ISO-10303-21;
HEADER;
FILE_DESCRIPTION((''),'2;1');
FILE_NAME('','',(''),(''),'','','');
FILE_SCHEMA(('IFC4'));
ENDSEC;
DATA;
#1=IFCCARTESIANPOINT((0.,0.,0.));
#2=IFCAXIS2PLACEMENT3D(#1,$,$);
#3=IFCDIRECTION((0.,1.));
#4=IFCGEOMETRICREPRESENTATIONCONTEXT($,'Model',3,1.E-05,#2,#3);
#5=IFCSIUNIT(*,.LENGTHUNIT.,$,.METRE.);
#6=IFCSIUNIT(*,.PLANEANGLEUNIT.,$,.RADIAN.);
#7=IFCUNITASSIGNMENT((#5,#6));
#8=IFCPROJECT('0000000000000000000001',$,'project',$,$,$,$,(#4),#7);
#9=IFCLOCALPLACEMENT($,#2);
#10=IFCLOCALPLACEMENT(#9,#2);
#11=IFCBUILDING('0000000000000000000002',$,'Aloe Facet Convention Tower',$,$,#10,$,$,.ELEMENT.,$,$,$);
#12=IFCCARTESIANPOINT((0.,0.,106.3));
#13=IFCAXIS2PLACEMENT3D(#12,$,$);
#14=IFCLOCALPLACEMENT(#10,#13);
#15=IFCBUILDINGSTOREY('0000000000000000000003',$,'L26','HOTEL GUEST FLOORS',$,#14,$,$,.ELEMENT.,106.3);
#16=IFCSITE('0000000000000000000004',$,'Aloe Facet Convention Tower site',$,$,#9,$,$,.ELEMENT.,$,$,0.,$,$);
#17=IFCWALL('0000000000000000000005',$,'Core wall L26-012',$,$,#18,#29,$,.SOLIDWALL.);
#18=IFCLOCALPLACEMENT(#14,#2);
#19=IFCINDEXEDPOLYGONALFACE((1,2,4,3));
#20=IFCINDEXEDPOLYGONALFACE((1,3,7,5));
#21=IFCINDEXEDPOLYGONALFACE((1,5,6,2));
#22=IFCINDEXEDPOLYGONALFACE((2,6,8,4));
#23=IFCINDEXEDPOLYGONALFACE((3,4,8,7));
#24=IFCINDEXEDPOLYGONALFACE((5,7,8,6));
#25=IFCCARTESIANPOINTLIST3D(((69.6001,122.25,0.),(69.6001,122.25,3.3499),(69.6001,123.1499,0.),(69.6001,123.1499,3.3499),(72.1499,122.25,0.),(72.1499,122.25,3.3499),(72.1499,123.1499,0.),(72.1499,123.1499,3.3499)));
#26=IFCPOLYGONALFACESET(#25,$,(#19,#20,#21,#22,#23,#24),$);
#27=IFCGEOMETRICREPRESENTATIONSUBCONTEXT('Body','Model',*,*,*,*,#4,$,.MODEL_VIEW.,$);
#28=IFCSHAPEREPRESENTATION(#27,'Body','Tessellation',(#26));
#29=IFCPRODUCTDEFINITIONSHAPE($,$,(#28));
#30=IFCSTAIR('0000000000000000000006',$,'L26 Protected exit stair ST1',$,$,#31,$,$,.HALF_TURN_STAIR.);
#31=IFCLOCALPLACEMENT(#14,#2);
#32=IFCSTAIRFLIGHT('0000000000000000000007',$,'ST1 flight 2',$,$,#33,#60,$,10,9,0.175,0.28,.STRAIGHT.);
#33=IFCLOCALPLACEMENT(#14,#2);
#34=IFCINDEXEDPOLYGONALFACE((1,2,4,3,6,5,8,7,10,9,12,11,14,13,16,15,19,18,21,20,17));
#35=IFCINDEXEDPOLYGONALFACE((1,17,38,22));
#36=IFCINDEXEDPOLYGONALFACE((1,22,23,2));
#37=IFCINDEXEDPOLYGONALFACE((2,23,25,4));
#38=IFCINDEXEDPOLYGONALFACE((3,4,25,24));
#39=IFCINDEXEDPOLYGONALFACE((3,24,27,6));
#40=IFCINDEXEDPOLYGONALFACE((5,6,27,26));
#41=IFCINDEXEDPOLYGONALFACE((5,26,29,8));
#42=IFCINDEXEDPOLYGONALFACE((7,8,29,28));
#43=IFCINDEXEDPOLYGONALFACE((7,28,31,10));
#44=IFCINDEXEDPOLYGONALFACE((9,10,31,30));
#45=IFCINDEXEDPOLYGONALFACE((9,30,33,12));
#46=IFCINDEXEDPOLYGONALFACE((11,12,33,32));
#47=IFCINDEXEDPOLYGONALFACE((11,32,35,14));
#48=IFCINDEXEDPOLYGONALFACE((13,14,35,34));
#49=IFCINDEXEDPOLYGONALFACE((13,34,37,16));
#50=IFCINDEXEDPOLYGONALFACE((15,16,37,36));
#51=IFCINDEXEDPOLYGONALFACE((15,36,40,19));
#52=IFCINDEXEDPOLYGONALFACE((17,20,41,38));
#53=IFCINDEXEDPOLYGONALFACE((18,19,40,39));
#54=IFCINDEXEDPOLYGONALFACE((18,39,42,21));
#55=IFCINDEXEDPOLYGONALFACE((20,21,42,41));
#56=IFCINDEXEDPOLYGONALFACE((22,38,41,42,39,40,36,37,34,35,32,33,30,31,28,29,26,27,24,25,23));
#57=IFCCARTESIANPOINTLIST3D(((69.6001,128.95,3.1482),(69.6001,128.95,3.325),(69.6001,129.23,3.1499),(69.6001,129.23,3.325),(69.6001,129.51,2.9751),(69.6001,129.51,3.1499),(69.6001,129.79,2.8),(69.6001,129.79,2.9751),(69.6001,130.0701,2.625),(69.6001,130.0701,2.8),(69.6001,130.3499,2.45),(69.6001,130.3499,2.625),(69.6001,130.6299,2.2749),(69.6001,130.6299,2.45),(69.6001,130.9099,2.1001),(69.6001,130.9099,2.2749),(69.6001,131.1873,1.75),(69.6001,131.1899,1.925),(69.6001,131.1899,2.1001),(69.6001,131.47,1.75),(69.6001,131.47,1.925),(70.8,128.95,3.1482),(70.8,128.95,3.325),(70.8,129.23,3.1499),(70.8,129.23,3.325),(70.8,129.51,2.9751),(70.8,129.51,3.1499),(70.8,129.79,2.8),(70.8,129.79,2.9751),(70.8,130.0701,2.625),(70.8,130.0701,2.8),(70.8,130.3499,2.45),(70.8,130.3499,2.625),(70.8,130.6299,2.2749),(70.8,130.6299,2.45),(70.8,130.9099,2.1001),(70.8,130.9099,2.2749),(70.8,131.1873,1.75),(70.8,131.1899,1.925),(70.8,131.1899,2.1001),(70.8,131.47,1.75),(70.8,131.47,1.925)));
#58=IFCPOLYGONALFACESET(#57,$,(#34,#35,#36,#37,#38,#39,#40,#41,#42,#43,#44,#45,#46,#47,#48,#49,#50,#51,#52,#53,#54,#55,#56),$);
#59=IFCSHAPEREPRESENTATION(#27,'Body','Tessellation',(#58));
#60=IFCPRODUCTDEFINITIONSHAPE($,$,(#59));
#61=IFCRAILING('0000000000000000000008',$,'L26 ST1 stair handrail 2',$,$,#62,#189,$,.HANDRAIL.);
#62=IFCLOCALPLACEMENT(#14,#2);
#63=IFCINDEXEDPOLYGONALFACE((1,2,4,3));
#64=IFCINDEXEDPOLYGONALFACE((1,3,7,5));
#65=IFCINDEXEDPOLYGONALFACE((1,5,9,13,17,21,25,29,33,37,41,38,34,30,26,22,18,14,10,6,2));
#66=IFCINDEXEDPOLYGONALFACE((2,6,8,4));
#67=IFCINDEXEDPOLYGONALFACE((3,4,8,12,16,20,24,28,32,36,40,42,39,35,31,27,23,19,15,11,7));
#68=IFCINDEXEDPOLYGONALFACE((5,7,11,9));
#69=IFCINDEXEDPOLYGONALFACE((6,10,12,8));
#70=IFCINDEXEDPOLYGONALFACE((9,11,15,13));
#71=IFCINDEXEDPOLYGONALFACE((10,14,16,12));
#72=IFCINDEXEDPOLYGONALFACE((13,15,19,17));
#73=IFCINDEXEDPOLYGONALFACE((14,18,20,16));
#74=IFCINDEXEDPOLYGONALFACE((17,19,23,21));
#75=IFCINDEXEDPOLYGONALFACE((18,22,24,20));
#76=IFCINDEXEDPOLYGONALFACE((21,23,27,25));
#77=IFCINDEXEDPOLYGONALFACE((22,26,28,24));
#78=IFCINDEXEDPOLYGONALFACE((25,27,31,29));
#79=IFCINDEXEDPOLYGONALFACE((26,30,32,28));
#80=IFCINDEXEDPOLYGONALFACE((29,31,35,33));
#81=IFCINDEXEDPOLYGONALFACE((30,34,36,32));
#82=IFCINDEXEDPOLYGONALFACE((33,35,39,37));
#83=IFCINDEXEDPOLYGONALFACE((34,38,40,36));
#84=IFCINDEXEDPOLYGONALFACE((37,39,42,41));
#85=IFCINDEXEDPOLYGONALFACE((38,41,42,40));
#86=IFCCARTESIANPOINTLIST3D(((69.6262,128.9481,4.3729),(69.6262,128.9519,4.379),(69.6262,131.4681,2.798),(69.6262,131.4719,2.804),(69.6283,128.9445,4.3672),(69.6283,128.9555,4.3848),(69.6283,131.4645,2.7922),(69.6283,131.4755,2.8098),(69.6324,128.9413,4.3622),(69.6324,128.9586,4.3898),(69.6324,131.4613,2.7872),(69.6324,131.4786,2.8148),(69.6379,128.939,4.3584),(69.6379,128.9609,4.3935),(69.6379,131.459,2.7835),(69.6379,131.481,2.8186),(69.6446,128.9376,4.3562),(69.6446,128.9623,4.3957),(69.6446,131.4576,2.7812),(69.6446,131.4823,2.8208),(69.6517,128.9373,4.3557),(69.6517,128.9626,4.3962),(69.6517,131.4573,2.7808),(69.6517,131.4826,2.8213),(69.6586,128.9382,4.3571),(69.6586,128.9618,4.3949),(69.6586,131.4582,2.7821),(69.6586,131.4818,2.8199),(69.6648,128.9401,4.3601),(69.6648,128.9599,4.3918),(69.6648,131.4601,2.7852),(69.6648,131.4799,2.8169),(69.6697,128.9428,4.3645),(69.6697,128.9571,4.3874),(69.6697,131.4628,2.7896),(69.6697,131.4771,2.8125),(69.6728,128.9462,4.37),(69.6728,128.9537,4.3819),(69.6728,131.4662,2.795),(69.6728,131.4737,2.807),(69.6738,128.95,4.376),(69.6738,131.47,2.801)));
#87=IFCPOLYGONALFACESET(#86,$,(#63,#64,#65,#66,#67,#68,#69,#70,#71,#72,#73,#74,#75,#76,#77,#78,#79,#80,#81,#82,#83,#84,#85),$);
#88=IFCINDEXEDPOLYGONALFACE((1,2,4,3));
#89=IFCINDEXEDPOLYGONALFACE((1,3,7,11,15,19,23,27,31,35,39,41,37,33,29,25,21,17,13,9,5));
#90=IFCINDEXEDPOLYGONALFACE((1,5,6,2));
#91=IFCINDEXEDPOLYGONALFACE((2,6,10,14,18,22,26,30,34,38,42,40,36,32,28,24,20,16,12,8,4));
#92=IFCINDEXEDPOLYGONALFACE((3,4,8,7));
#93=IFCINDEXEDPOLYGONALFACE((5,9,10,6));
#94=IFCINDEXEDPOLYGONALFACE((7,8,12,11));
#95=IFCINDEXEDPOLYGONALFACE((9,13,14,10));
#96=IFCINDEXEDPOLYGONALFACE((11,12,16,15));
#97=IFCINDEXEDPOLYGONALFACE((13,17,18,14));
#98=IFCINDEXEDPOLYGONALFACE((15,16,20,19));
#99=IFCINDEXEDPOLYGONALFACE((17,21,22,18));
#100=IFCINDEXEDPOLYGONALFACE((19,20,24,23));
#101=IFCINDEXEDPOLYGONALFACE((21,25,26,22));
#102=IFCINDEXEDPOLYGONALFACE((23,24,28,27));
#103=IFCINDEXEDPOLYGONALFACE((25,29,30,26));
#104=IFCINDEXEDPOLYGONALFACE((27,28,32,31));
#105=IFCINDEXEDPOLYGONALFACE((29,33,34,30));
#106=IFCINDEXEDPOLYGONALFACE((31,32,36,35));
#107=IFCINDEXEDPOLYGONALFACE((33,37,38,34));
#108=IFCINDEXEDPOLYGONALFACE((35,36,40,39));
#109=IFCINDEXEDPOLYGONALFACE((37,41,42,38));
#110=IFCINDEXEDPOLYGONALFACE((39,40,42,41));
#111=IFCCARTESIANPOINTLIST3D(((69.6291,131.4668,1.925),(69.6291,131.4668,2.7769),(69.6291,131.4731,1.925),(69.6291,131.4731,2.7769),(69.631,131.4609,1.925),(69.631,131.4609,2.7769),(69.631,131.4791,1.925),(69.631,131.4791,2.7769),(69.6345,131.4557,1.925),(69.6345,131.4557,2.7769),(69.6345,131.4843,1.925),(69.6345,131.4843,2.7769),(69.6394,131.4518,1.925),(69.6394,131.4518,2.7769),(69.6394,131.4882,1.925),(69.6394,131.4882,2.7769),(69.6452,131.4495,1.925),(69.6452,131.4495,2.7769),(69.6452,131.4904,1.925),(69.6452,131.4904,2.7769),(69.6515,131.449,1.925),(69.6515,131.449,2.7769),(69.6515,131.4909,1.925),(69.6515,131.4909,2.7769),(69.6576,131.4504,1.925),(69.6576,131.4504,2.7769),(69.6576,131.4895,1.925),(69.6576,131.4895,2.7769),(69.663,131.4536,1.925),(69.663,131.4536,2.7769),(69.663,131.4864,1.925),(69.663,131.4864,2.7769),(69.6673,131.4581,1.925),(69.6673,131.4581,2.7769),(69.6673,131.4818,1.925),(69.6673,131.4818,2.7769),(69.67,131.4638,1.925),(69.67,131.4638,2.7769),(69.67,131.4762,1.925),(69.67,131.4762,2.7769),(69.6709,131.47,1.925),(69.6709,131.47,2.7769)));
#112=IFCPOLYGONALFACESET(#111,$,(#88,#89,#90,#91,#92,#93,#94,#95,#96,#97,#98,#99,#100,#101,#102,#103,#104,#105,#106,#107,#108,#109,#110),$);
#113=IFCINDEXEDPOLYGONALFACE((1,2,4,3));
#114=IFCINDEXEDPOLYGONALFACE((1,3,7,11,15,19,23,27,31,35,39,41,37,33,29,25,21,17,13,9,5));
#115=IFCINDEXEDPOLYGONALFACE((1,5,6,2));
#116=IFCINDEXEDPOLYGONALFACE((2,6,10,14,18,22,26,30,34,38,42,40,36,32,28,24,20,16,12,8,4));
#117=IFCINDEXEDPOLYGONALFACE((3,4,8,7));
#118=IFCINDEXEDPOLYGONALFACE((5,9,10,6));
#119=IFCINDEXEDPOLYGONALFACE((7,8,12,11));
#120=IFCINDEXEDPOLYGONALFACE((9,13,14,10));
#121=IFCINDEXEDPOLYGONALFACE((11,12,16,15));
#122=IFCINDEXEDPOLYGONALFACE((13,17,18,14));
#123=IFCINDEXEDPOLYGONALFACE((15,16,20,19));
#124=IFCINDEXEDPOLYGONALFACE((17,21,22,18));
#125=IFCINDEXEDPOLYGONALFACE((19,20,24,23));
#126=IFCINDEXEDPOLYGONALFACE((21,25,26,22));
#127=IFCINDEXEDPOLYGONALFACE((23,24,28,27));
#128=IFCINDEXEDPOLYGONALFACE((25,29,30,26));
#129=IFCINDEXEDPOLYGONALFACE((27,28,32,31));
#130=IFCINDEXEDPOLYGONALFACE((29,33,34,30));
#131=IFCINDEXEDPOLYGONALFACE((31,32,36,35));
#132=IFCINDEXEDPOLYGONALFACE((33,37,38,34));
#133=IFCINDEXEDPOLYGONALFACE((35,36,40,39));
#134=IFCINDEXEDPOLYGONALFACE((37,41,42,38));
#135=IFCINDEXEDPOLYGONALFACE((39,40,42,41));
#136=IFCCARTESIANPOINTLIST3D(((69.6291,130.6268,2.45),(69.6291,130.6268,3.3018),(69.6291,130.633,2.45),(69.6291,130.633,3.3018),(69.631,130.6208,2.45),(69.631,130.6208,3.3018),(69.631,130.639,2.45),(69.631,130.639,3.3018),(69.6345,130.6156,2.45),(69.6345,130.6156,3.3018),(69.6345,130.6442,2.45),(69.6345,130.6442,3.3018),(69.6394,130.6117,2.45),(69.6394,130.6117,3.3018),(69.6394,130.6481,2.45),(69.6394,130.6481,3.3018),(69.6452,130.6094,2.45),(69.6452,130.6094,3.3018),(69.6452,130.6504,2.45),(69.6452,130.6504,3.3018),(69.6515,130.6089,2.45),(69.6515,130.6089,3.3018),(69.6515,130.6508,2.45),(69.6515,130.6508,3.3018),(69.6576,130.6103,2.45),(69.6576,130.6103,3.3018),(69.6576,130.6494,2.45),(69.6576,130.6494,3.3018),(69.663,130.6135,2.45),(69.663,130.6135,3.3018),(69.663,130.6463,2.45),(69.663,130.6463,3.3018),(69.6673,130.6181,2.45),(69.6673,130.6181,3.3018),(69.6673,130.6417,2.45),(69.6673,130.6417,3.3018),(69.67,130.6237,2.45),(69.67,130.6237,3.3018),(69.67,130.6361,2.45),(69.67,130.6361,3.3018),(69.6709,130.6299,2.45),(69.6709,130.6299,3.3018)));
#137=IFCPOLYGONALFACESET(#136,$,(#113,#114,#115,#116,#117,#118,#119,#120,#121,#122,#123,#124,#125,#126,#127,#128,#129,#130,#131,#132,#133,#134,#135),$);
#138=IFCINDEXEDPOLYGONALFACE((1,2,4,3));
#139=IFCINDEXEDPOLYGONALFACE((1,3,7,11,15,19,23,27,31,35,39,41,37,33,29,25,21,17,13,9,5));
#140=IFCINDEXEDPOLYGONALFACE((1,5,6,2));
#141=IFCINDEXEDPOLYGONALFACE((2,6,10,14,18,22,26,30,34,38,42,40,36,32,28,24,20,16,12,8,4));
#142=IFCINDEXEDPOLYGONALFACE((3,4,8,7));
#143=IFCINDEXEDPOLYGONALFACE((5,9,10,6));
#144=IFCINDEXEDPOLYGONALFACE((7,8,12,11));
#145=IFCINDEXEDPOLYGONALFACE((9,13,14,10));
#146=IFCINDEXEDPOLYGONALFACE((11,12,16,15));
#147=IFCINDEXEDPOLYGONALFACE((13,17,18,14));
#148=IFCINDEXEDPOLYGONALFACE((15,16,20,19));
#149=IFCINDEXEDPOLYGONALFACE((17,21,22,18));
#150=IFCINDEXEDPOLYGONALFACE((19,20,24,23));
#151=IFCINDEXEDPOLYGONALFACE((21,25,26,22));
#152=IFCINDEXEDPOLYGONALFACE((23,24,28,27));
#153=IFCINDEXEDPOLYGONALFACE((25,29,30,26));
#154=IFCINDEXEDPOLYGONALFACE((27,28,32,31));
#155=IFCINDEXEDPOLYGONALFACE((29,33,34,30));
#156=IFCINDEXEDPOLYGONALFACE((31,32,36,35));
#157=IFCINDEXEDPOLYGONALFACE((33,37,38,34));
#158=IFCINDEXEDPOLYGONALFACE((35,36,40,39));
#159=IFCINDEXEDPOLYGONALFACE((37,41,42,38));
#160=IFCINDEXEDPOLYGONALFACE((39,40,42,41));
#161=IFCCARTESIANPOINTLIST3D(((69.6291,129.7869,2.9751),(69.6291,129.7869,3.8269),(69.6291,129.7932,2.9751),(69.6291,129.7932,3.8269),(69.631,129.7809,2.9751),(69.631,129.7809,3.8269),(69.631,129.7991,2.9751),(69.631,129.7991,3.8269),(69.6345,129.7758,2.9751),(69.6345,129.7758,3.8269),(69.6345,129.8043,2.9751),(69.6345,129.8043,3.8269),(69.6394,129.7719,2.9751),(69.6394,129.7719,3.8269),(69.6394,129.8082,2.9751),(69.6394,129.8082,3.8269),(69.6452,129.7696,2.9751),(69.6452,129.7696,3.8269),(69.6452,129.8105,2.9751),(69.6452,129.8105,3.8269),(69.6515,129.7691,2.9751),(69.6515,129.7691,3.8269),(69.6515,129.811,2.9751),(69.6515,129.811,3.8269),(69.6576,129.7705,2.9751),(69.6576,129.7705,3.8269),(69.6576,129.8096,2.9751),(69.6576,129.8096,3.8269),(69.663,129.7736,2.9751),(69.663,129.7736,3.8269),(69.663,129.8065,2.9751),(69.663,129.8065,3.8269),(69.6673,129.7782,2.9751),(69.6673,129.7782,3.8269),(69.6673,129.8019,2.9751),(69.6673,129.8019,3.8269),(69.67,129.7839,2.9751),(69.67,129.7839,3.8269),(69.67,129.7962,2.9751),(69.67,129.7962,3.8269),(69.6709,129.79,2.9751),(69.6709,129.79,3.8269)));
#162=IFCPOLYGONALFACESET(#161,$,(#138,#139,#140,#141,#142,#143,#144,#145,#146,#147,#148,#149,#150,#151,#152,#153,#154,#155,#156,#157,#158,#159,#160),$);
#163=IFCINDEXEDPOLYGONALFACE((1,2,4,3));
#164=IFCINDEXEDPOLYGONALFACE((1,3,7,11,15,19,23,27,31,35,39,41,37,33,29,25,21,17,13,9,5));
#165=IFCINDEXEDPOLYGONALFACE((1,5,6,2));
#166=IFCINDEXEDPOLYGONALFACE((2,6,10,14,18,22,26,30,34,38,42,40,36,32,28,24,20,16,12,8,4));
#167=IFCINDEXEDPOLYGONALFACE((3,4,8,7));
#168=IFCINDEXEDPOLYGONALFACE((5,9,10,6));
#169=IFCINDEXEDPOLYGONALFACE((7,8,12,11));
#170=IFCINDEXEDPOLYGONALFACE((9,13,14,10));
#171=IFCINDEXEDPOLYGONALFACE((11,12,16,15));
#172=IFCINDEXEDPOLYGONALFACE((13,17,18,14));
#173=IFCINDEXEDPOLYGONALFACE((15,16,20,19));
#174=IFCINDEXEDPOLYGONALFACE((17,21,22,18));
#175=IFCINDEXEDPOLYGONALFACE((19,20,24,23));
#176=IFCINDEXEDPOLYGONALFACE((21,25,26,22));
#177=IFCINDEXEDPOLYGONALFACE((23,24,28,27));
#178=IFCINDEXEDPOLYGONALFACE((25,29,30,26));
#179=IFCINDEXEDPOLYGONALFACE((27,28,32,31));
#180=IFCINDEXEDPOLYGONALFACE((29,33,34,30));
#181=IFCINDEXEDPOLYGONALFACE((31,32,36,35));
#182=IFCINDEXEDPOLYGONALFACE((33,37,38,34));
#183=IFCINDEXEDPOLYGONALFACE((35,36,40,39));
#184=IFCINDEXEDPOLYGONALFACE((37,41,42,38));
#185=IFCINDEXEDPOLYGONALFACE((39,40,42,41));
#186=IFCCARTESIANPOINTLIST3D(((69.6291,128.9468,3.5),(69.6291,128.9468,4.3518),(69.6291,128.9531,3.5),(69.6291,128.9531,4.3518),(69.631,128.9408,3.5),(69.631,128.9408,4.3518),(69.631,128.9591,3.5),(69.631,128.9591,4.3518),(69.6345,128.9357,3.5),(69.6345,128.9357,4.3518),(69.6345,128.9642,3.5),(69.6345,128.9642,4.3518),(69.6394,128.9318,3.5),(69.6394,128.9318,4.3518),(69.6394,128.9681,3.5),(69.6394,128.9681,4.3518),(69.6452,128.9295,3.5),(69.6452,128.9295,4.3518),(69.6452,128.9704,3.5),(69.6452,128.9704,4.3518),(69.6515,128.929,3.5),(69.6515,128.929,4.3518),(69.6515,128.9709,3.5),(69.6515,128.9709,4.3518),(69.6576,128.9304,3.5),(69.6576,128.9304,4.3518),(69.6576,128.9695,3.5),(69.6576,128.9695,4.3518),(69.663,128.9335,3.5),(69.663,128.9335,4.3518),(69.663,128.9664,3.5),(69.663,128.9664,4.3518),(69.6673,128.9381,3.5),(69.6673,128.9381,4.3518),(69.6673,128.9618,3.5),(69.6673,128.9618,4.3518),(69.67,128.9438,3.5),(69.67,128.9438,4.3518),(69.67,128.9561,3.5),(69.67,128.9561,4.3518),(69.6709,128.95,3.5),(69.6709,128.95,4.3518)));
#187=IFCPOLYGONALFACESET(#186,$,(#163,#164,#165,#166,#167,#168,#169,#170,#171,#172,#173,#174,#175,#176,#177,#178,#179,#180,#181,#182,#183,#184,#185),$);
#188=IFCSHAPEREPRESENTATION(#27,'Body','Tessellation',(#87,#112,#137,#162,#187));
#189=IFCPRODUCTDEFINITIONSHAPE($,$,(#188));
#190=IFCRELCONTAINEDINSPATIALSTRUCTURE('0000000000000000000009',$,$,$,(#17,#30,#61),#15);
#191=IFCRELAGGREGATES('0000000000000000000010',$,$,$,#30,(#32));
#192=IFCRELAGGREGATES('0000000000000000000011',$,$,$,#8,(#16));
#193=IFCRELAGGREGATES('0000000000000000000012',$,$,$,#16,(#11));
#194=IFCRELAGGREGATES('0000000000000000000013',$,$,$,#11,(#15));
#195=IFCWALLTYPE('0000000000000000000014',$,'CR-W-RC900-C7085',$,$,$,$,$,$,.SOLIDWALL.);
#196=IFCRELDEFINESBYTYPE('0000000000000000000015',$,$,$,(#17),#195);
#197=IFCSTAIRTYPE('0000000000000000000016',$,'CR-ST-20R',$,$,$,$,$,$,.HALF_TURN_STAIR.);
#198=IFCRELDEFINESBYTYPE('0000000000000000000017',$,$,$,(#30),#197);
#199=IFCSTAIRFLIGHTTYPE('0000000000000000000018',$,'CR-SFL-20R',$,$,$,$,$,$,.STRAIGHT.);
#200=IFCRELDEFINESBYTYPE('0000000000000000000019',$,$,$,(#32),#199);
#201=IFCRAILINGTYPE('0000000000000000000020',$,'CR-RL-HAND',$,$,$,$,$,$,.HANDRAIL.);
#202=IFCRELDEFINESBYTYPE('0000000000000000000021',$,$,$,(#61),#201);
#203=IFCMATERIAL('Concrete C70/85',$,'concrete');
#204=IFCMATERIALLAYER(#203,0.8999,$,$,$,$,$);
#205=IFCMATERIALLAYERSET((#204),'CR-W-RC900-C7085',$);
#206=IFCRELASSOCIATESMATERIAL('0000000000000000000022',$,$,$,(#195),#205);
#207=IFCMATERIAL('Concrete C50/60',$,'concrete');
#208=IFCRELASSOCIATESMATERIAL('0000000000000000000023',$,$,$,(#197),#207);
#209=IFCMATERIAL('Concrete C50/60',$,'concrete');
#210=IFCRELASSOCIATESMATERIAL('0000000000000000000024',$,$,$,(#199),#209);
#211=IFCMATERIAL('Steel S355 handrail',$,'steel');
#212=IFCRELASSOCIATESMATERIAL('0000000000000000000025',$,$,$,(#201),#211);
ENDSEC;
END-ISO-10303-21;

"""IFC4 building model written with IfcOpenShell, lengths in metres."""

from ifc_helpers import new_model, si_unit, direction, frame, frame_2d, origin, origin_2d, place, context, subcontext, project, spatial, polyline, rectangle, circle, outline, extrude, material, layer, layer_set, type_object, element, aggregate, save


model = new_model("IFC4")

# Units and contexts
model_context = context("Model", 3, precision=1e-05, world=origin(), true_north=direction((0.0, 1.0)))
body_context = subcontext(model_context, "Body", "Model", "MODEL_VIEW")
ifc_project = project(units=[si_unit("LENGTHUNIT", "METRE"), si_unit("PLANEANGLEUNIT", "RADIAN")], contexts=[model_context])

# Site, building, storey
site_placement = place(None, origin())
site = spatial("IfcSite", under=ifc_project, at=site_placement, Name="Aloe Facet Convention Tower site", CompositionType="ELEMENT", RefElevation=0.0)
building_placement = place(site_placement, origin())
building = spatial("IfcBuilding", under=site, at=building_placement, Name="Aloe Facet Convention Tower", CompositionType="ELEMENT")
storey_placement = place(building_placement, frame((0.0, 0.0, 106.3)))
storey = spatial("IfcBuildingStorey", under=building, at=storey_placement, Name="L26", Description="HOTEL GUEST FLOORS", CompositionType="ELEMENT", Elevation=106.3)

# Wall
ifc_material_1 = material(Name="Concrete C70/85", Category="concrete")
ifc_layer_1 = layer(ifc_material_1, 0.8999)
ifc_layer_set_1 = layer_set([ifc_layer_1], Name="CR-W-RC900-C7085")
wall_type_1 = type_object("IfcWallType", Name="CR-W-RC900-C7085", PredefinedType="SOLIDWALL", material=ifc_layer_set_1)
wall_1_placement = place(storey_placement, frame((69.6001, 122.7, 0.0), z_axis=(0.0, 0.0, 1.0), x_axis=(1.0, 0.0, 0.0)))
element("IfcWall", 1, at=wall_1_placement, inside=storey, type_object=wall_type_1, Name="Core wall L26-012", PredefinedType="SOLIDWALL", context=body_context, shape_type="SweptSolid", body=[
    extrude(rectangle(XDim=2.5498, YDim=0.8999, at=frame_2d((1.2749, 0.0))), origin(), (0.0, 0.0, 1.0), 3.3499),
])

# Stair, stair flight
ifc_material_2 = material(Name="Concrete C50/60", Category="concrete")
stair_type = type_object("IfcStairType", Name="CR-ST-20R", PredefinedType="HALF_TURN_STAIR", material=ifc_material_2)
stair_placement = place(storey_placement, origin())
stair = element("IfcStair", 2, at=stair_placement, inside=storey, type_object=stair_type, Name="L26 Protected exit stair ST1", PredefinedType="HALF_TURN_STAIR")
ifc_material_3 = material(Name="Concrete C50/60", Category="concrete")
stair_flight_type = type_object("IfcStairFlightType", Name="CR-SFL-20R", PredefinedType="STRAIGHT", material=ifc_material_3)
stair_flight_placement = place(storey_placement, frame((70.2, 131.47, 1.75), z_axis=(0.0, 0.0, 1.0), x_axis=(0.0, -1.0, 0.0)))
stair_flight = element("IfcStairFlight", 3, at=stair_flight_placement, type_object=stair_flight_type, Name="ST1 flight 2", NumberOfRisers=10, NumberOfTreads=9, PredefinedType="STRAIGHT", RiserHeight=0.175, TreadLength=0.28, context=body_context, shape_type="SweptSolid", body=[
    extrude(outline(polyline([(0.0, 0.0), (0.0, 0.175), (0.28, 0.175), (0.28, 0.3501), (0.5601, 0.3501), (0.5601, 0.5249), (0.8401, 0.5249), (0.8401, 0.7), (1.1201, 0.7), (1.1201, 0.875), (1.3999, 0.875), (1.3999, 1.05), (1.6799, 1.05), (1.6799, 1.2251), (1.96, 1.2251), (1.96, 1.3999), (2.24, 1.3999), (2.24, 1.575), (2.52, 1.575), (2.52, 1.75), (2.52, 1.3982), (0.2827, 0.0), (0.0, 0.0)])), frame((0.0, 0.6001, 0.0), z_axis=(0.0, -1.0, 0.0), x_axis=(1.0, 0.0, 0.0)), (0.0, 0.0, 1.0), 1.2),
])
aggregate(stair, [stair_flight])

# Railing
ifc_material_4 = material(Name="Steel S355 handrail", Category="steel")
railing_type = type_object("IfcRailingType", Name="CR-RL-HAND", PredefinedType="HANDRAIL", material=ifc_material_4)
railing_placement = place(storey_placement, frame((69.6499, 131.47, 1.925)))
element("IfcRailing", 4, at=railing_placement, inside=storey, type_object=railing_type, Name="L26 ST1 stair handrail 2", PredefinedType="HANDRAIL", context=body_context, shape_type="SweptSolid", body=[
    extrude(circle(Radius=0.0239, at=origin_2d()), frame((0.0, 0.0, 0.876), z_axis=(0.0, -0.848008, 0.529984), x_axis=(1.0, 0.0, 0.0)), (0.0, 0.0, 1.0), 2.9717),
    extrude(circle(Radius=0.021, at=origin_2d()), origin(), (0.0, 0.0, 1.0), 0.8518),
    extrude(circle(Radius=0.021, at=origin_2d()), frame((0.0, -0.8401, 0.5249)), (0.0, 0.0, 1.0), 0.8518),
    extrude(circle(Radius=0.021, at=origin_2d()), frame((0.0, -1.6799, 1.05)), (0.0, 0.0, 1.0), 0.8518),
    extrude(circle(Radius=0.021, at=origin_2d()), frame((0.0, -2.52, 1.575)), (0.0, 0.0, 1.0), 0.8518),
])

save(model, "model.ifc")
